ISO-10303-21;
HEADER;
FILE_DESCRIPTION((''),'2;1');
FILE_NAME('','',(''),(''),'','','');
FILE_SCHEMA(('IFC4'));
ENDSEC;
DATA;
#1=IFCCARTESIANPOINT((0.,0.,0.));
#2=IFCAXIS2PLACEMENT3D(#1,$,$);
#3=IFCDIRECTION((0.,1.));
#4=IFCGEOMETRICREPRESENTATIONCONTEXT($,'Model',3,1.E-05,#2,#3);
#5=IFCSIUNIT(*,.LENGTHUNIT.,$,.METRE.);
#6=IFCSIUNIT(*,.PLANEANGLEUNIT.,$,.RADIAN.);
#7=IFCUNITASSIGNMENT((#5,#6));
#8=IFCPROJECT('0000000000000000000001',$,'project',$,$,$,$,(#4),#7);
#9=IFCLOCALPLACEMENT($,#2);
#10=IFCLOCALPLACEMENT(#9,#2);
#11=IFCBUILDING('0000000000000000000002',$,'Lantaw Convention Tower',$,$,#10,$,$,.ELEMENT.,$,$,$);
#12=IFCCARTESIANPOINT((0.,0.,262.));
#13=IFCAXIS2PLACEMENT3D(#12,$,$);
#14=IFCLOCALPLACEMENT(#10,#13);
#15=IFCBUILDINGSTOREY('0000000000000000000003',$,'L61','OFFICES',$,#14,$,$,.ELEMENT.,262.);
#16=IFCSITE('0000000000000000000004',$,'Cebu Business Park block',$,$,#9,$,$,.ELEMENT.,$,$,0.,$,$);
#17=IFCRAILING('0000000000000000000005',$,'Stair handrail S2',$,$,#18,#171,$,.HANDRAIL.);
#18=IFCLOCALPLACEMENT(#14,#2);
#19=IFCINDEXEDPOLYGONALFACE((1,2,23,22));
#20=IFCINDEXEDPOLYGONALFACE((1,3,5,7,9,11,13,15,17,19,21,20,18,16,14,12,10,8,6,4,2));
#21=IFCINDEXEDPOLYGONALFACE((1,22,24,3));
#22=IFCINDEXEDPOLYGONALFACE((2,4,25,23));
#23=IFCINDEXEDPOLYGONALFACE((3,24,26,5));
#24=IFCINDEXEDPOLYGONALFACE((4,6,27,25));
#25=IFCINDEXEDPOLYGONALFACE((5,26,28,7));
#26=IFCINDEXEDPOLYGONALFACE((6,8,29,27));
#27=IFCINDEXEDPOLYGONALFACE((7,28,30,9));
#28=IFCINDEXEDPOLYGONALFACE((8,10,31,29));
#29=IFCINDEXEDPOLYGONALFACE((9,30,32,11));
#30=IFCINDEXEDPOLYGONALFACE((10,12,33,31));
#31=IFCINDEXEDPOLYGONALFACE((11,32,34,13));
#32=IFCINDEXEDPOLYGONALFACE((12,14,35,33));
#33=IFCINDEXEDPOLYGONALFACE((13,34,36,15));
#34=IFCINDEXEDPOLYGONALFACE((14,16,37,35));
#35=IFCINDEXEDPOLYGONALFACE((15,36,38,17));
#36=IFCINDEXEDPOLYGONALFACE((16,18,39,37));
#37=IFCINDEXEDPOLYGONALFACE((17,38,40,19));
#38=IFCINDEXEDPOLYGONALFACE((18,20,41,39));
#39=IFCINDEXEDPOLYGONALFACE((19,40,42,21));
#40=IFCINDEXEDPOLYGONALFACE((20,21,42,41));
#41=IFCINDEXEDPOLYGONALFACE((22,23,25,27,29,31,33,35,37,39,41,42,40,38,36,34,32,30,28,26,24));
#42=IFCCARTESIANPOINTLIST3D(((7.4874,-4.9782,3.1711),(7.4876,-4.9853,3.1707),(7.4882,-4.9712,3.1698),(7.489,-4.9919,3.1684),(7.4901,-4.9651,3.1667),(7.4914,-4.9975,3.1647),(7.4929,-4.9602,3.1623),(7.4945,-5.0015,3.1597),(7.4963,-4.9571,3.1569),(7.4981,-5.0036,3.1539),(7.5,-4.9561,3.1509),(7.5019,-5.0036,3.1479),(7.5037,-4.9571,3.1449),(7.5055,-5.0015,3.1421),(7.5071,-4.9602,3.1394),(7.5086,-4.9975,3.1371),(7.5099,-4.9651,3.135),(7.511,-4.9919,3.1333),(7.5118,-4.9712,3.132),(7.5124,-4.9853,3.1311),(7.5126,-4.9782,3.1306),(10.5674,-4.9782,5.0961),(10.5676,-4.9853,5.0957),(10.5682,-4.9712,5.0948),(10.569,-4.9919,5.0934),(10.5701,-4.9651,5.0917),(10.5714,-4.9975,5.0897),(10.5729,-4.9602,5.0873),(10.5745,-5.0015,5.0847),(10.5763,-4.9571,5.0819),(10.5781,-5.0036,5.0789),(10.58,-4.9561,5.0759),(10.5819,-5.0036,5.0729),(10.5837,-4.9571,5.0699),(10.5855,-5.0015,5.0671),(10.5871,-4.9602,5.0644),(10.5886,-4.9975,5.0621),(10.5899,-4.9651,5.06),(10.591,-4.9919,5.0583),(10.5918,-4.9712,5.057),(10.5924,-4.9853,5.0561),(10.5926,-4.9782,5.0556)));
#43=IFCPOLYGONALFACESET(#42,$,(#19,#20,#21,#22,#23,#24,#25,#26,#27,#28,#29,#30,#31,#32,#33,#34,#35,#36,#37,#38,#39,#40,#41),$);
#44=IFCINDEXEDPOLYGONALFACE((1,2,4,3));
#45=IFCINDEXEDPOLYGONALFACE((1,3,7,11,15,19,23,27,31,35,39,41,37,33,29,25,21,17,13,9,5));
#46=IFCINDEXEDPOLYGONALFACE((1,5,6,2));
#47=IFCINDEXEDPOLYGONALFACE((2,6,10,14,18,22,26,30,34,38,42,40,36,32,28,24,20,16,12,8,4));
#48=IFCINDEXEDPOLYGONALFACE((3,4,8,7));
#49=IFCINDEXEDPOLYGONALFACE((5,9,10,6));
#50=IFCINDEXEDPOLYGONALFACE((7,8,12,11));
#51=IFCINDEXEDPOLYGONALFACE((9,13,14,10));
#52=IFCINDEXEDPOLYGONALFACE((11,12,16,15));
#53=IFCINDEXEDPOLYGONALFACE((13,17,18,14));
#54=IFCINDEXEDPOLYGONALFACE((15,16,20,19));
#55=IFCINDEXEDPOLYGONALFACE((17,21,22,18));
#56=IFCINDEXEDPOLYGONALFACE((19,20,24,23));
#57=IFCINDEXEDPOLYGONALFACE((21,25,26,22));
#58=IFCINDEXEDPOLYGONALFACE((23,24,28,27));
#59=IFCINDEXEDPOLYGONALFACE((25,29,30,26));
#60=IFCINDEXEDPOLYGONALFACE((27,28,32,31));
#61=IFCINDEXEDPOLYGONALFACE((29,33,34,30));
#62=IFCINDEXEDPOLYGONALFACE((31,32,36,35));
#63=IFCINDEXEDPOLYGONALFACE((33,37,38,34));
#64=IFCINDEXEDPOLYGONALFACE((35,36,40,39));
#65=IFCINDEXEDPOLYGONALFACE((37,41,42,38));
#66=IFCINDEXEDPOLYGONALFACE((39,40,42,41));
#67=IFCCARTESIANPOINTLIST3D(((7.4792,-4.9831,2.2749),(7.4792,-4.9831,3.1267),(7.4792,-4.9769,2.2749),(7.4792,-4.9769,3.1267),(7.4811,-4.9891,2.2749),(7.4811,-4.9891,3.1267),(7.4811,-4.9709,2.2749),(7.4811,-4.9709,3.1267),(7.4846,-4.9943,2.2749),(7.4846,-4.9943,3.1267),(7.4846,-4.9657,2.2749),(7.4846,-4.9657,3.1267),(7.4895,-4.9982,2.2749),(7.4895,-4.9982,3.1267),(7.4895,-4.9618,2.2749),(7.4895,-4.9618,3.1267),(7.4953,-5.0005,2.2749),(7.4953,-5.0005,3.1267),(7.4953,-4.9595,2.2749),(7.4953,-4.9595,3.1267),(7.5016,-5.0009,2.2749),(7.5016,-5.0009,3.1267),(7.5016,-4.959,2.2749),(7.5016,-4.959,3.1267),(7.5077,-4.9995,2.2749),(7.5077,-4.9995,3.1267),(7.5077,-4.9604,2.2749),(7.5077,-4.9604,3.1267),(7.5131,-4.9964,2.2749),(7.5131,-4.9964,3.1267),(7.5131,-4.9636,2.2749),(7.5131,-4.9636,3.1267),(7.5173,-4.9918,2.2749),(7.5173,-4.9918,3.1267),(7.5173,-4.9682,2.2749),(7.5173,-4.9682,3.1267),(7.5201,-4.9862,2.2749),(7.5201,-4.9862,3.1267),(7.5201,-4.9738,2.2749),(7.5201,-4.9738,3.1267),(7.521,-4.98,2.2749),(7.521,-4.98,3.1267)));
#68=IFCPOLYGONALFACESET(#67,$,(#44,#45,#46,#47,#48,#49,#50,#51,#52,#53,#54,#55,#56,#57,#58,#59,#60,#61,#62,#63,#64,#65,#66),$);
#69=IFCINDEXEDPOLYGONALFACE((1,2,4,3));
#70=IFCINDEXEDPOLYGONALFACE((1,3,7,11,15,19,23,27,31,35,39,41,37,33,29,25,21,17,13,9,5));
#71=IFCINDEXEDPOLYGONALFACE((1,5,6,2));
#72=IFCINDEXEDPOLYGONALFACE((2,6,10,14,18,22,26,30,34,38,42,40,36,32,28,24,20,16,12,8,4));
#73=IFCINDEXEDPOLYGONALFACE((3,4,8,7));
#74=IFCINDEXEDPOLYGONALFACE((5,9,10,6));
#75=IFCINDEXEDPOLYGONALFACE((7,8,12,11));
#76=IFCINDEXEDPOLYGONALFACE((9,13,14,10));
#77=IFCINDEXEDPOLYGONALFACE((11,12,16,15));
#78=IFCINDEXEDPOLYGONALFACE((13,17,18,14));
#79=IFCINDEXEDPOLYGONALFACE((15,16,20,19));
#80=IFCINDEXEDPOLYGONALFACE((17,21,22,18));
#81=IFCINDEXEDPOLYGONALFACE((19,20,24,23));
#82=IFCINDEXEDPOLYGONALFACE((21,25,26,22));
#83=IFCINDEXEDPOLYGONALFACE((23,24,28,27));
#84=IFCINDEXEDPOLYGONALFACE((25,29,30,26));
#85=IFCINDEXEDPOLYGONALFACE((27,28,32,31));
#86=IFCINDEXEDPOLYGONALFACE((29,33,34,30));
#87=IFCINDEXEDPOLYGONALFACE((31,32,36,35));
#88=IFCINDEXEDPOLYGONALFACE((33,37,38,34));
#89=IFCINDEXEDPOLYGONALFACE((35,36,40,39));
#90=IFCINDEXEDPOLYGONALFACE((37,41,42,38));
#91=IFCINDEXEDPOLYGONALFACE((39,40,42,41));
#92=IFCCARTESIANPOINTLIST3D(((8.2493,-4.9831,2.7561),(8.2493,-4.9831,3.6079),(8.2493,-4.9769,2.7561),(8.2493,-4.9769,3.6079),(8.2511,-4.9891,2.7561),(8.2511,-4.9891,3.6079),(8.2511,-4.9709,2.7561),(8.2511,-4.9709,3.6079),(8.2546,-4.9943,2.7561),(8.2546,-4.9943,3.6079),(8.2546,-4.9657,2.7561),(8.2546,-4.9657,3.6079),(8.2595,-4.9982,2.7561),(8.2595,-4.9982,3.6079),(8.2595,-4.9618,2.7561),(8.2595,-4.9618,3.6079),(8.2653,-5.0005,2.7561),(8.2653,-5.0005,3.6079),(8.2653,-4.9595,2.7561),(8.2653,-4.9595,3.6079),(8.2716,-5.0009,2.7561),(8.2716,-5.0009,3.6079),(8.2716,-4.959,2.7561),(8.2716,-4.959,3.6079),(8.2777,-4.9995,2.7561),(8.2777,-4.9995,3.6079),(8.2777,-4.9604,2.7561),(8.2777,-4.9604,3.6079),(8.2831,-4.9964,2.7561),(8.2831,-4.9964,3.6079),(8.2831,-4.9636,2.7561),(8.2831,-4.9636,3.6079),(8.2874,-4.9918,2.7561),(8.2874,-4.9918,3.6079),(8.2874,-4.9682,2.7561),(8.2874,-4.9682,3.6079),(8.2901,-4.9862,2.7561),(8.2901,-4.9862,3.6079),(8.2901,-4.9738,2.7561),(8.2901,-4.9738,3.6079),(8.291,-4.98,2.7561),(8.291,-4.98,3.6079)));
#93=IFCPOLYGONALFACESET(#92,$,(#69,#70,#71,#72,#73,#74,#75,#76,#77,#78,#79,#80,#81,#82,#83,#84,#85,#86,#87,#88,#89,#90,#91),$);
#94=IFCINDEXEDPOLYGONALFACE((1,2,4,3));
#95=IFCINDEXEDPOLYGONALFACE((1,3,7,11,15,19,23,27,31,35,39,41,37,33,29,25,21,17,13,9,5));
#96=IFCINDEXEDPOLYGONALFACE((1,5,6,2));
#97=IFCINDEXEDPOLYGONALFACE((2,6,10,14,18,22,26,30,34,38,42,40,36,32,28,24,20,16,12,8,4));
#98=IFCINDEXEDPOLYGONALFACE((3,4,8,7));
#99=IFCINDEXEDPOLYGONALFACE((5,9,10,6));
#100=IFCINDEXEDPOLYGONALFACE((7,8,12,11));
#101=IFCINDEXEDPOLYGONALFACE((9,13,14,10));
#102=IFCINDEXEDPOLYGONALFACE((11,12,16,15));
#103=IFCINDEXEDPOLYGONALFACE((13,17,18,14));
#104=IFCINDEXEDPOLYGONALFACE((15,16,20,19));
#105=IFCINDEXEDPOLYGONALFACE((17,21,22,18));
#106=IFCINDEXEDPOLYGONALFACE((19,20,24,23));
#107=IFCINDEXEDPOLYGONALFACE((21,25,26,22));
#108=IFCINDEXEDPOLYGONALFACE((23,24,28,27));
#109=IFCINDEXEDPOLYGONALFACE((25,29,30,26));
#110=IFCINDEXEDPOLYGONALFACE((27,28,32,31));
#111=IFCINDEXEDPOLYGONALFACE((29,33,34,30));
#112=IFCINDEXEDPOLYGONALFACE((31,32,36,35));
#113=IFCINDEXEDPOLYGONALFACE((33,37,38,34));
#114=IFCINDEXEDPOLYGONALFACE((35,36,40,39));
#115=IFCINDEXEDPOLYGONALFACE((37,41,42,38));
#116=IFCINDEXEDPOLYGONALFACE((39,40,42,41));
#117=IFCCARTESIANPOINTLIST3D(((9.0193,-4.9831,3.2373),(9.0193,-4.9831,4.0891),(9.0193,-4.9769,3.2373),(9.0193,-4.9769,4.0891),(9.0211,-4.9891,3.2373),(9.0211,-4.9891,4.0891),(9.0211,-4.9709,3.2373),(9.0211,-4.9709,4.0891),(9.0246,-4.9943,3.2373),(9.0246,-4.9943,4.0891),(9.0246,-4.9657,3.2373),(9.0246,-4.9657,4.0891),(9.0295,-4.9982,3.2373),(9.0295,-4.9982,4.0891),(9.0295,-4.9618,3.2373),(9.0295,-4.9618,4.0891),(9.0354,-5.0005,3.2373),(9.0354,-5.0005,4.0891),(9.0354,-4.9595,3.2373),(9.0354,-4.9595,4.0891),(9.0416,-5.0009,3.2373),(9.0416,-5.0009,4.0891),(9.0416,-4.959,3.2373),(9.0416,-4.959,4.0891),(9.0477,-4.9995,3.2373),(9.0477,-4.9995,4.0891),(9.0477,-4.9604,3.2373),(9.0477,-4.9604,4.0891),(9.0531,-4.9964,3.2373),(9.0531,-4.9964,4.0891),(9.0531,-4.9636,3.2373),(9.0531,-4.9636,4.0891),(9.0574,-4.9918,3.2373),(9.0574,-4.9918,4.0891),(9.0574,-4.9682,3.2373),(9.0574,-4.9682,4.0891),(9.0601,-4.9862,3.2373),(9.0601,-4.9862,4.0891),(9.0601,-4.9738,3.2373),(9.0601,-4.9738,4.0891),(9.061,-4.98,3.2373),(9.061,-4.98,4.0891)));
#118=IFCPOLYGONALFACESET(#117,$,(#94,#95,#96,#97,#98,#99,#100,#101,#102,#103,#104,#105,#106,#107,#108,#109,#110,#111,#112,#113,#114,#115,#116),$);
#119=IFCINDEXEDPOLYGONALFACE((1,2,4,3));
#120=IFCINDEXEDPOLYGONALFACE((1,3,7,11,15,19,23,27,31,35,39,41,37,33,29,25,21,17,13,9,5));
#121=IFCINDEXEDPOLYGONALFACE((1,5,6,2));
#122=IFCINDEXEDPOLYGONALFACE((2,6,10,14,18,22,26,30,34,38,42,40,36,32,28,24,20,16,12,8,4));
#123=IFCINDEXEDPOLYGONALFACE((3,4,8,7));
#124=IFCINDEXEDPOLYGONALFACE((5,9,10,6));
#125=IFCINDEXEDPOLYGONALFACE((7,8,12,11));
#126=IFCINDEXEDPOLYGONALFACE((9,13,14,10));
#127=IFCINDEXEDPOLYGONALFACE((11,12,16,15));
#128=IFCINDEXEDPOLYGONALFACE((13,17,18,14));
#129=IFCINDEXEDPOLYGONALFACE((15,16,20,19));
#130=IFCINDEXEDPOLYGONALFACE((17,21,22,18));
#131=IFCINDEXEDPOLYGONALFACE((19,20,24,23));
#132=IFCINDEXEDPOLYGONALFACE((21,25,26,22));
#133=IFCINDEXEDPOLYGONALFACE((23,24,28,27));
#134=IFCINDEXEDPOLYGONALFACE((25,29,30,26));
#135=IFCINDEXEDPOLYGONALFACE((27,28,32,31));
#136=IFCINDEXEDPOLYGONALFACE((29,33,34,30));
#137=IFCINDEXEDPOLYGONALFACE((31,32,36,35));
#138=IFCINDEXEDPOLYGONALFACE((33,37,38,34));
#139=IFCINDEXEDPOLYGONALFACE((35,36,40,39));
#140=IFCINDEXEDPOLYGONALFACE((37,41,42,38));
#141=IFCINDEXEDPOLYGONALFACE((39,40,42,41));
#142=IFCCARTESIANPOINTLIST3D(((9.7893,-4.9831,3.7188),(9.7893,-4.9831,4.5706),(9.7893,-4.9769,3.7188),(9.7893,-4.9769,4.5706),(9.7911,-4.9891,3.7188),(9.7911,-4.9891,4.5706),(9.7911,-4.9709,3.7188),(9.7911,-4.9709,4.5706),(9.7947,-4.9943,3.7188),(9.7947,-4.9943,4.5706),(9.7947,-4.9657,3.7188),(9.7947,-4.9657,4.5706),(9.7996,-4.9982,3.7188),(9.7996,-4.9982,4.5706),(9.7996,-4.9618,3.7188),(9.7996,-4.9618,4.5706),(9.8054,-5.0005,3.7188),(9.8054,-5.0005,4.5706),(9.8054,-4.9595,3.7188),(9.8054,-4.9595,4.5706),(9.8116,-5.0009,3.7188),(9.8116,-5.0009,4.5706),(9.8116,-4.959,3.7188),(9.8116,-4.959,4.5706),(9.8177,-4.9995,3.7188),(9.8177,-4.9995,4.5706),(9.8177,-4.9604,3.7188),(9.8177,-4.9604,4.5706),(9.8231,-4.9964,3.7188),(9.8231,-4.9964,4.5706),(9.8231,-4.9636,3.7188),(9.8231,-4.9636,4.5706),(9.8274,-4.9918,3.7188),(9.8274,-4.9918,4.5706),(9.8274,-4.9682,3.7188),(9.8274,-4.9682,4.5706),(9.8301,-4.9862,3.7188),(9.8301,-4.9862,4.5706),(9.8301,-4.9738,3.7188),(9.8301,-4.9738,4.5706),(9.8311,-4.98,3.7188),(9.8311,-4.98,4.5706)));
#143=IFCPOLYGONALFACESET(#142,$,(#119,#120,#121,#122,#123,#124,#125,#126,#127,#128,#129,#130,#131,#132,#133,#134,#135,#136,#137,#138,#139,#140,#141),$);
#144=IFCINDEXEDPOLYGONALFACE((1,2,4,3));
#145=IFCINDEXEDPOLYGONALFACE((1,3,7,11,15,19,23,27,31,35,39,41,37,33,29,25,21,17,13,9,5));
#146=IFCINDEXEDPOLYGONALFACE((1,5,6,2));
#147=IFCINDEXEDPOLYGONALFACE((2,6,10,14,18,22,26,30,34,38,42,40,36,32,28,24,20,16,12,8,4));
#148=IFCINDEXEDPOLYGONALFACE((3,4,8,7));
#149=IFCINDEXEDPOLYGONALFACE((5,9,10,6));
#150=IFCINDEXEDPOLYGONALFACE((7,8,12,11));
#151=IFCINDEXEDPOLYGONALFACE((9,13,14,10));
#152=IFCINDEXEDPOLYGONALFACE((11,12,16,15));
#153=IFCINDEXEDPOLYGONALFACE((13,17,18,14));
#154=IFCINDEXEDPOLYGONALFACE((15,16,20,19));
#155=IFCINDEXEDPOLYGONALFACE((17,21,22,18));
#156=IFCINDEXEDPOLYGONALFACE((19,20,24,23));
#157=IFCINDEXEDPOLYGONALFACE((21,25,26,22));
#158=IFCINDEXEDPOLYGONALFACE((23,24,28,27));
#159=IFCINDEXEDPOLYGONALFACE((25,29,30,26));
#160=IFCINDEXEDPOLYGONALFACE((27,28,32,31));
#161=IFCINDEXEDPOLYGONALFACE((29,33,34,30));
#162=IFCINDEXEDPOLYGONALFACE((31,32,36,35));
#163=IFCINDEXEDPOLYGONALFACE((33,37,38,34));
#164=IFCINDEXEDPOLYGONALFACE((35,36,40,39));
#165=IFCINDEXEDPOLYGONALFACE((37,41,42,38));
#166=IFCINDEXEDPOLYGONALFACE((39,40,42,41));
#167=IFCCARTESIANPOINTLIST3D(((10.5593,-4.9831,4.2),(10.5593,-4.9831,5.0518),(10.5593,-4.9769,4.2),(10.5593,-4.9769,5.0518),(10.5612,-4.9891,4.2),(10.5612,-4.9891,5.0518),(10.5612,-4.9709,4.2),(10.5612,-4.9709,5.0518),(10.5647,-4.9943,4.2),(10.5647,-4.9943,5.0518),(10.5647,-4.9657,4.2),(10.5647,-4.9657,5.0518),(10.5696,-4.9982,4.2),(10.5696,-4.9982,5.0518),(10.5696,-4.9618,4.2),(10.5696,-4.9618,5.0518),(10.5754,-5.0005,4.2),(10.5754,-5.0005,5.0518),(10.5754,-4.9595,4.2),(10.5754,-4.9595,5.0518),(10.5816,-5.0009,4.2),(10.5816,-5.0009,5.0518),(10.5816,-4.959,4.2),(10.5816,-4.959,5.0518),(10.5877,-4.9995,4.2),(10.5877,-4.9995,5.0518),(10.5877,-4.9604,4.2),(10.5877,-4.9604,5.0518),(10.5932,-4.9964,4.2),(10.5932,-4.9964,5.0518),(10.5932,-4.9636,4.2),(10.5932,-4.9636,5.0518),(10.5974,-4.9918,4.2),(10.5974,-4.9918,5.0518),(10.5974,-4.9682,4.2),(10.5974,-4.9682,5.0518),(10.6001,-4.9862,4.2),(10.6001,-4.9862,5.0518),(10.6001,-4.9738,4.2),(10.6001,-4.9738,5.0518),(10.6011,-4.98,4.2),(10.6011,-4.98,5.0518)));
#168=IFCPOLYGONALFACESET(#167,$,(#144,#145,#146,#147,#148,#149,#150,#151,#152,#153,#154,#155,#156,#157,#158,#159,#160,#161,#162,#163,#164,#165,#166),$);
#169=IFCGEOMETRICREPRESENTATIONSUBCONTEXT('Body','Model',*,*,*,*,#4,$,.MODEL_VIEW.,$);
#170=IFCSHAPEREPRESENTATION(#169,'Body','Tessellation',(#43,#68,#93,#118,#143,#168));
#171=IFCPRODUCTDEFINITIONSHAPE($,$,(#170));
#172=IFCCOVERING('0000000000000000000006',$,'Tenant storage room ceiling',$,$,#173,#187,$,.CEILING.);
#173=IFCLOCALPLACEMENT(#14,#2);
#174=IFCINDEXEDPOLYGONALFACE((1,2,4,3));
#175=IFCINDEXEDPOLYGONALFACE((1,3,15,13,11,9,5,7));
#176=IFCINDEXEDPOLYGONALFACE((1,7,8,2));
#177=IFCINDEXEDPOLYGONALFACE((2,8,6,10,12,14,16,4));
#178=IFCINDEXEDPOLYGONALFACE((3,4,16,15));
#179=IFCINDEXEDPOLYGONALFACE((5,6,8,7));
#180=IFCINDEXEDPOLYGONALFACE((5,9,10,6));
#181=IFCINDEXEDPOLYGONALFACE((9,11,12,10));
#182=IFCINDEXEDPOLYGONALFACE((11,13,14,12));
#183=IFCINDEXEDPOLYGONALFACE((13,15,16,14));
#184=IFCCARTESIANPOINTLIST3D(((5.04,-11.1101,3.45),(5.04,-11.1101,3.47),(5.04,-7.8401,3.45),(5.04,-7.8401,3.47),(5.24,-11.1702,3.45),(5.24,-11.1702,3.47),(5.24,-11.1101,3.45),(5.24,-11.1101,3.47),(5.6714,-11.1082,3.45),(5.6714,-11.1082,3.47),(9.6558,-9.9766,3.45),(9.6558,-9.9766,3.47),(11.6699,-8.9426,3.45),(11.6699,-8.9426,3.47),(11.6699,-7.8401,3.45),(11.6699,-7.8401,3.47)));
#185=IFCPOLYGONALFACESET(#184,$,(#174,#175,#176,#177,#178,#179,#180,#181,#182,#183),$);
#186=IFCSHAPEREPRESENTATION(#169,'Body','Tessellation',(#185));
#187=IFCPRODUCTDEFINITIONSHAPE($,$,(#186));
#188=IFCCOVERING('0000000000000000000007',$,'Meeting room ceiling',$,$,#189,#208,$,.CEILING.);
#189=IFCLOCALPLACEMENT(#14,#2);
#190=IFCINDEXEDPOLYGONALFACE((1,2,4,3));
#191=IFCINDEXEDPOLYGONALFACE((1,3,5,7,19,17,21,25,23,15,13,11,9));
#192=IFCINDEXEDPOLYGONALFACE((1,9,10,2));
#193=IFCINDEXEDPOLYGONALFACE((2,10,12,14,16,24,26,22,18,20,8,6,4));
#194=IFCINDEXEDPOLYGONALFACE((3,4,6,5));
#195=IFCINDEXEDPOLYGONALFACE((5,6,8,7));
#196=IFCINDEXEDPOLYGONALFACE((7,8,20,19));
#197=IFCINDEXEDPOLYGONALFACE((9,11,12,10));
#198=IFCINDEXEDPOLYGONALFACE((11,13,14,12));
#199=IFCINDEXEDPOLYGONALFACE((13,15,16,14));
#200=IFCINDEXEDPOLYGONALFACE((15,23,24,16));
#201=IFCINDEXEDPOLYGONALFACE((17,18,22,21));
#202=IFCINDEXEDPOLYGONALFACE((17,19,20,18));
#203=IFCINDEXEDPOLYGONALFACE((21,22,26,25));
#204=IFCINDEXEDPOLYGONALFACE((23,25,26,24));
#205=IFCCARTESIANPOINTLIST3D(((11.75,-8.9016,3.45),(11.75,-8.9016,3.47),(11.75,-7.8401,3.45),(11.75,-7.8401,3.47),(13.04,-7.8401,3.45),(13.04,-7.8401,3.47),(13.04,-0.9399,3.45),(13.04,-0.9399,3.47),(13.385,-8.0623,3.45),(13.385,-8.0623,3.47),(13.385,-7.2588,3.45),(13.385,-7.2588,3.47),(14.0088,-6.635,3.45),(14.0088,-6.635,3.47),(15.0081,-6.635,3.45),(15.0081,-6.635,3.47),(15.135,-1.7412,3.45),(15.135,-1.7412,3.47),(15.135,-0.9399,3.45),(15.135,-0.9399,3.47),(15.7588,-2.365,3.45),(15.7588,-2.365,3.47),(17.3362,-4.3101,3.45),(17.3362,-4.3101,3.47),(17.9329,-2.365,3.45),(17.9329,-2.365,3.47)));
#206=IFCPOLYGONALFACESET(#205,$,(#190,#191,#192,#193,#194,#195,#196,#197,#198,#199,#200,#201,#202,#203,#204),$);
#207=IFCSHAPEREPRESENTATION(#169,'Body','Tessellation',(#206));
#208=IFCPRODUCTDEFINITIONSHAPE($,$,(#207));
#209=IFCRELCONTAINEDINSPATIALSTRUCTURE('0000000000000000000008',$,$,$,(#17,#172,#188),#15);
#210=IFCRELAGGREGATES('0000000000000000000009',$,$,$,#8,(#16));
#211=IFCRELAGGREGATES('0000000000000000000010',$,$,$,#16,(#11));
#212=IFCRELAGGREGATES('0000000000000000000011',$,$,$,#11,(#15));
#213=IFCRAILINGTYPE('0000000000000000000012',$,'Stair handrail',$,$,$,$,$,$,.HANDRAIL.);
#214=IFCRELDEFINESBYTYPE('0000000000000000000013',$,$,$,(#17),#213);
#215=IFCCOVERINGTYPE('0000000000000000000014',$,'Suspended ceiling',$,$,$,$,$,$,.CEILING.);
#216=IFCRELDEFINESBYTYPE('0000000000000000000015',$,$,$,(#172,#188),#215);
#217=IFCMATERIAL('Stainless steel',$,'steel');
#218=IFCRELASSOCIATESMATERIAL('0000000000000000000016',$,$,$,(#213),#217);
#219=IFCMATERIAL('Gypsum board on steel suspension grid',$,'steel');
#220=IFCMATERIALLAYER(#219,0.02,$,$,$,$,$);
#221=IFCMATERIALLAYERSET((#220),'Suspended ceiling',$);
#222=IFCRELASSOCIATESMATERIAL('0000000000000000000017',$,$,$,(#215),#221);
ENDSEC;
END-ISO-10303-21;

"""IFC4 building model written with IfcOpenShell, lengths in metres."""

from ifc_helpers import new_model, si_unit, direction, frame, origin, origin_2d, place, context, subcontext, project, spatial, polyline, circle, outline, extrude, material, layer, layer_set, type_object, element, save


model = new_model("IFC4")

# Units and contexts
model_context = context("Model", 3, precision=1e-05, world=origin(), true_north=direction((0.0, 1.0)))
body_context = subcontext(model_context, "Body", "Model", "MODEL_VIEW")
ifc_project = project(units=[si_unit("LENGTHUNIT", "METRE"), si_unit("PLANEANGLEUNIT", "RADIAN")], contexts=[model_context])

# Site, building, storey
site_placement = place(None, origin())
site = spatial("IfcSite", under=ifc_project, at=site_placement, Name="Cebu Business Park block", CompositionType="ELEMENT", RefElevation=0.0)
building_placement = place(site_placement, origin())
building = spatial("IfcBuilding", under=site, at=building_placement, Name="Lantaw Convention Tower", CompositionType="ELEMENT")
storey_placement = place(building_placement, frame((0.0, 0.0, 262.0)))
storey = spatial("IfcBuildingStorey", under=building, at=storey_placement, Name="L61", Description="OFFICES", CompositionType="ELEMENT", Elevation=262.0)

# Railing
ifc_material_1 = material(Name="Stainless steel", Category="steel")
railing_type = type_object("IfcRailingType", Name="Stair handrail", PredefinedType="HANDRAIL", material=ifc_material_1)
railing_1_placement = place(storey_placement, frame((7.5, -4.98, 2.2749)))
element("IfcRailing", 1, at=railing_1_placement, inside=storey, type_object=railing_type, Name="Stair handrail S2", PredefinedType="HANDRAIL", context=body_context, shape_type="SweptSolid", body=[
    extrude(circle(Radius=0.0239, at=origin_2d()), frame((0.0, 0.0, 0.876), z_axis=(0.847998, 0.0, 0.529999), x_axis=(0.0, 1.0, 0.0)), (0.0, 0.0, 1.0), 3.6321),
    extrude(circle(Radius=0.021, at=origin_2d()), origin(), (0.0, 0.0, 1.0), 0.8518),
    extrude(circle(Radius=0.021, at=origin_2d()), frame((0.77, 0.0, 0.4812)), (0.0, 0.0, 1.0), 0.8518),
    extrude(circle(Radius=0.021, at=origin_2d()), frame((1.54, 0.0, 0.9624)), (0.0, 0.0, 1.0), 0.8518),
    extrude(circle(Radius=0.021, at=origin_2d()), frame((2.3101, 0.0, 1.4438)), (0.0, 0.0, 1.0), 0.8518),
    extrude(circle(Radius=0.021, at=origin_2d()), frame((3.0801, 0.0, 1.925)), (0.0, 0.0, 1.0), 0.8518),
])

# Coverings
ifc_material_2 = material(Name="Gypsum board on steel suspension grid", Category="steel")
ifc_layer_1 = layer(ifc_material_2, 0.02)
ifc_layer_set_1 = layer_set([ifc_layer_1], Name="Suspended ceiling")
covering_type = type_object("IfcCoveringType", Name="Suspended ceiling", PredefinedType="CEILING", material=ifc_layer_set_1)
covering_1_placement = place(storey_placement, frame((0.0, 0.0, 3.45)))
element("IfcCovering", 2, at=covering_1_placement, inside=storey, type_object=covering_type, Name="Tenant storage room ceiling", PredefinedType="CEILING", context=body_context, shape_type="SweptSolid", body=[
    extrude(outline(polyline([(11.6699, -7.8401), (5.04, -7.8401), (5.04, -11.1101), (5.24, -11.1101), (5.24, -11.1702), (5.6714, -11.1082), (9.6558, -9.9766), (11.6699, -8.9426), (11.6699, -7.8401)])), origin(), (0.0, 0.0, 1.0), 0.02),
])
covering_2_placement = place(storey_placement, frame((0.0, 0.0, 3.45)))
element("IfcCovering", 3, at=covering_2_placement, inside=storey, type_object=covering_type, Name="Meeting room ceiling", PredefinedType="CEILING", context=body_context, shape_type="SweptSolid", body=[
    extrude(outline(polyline([(15.135, -0.9399), (13.04, -0.9399), (13.04, -7.8401), (11.75, -7.8401), (11.75, -8.9016), (13.385, -8.0623), (13.385, -7.2588), (14.0088, -6.635), (15.0081, -6.635), (17.3362, -4.3101), (17.9329, -2.365), (15.7588, -2.365), (15.135, -1.7412), (15.135, -0.9399)])), origin(), (0.0, 0.0, 1.0), 0.02),
])

save(model, "model.ifc")
